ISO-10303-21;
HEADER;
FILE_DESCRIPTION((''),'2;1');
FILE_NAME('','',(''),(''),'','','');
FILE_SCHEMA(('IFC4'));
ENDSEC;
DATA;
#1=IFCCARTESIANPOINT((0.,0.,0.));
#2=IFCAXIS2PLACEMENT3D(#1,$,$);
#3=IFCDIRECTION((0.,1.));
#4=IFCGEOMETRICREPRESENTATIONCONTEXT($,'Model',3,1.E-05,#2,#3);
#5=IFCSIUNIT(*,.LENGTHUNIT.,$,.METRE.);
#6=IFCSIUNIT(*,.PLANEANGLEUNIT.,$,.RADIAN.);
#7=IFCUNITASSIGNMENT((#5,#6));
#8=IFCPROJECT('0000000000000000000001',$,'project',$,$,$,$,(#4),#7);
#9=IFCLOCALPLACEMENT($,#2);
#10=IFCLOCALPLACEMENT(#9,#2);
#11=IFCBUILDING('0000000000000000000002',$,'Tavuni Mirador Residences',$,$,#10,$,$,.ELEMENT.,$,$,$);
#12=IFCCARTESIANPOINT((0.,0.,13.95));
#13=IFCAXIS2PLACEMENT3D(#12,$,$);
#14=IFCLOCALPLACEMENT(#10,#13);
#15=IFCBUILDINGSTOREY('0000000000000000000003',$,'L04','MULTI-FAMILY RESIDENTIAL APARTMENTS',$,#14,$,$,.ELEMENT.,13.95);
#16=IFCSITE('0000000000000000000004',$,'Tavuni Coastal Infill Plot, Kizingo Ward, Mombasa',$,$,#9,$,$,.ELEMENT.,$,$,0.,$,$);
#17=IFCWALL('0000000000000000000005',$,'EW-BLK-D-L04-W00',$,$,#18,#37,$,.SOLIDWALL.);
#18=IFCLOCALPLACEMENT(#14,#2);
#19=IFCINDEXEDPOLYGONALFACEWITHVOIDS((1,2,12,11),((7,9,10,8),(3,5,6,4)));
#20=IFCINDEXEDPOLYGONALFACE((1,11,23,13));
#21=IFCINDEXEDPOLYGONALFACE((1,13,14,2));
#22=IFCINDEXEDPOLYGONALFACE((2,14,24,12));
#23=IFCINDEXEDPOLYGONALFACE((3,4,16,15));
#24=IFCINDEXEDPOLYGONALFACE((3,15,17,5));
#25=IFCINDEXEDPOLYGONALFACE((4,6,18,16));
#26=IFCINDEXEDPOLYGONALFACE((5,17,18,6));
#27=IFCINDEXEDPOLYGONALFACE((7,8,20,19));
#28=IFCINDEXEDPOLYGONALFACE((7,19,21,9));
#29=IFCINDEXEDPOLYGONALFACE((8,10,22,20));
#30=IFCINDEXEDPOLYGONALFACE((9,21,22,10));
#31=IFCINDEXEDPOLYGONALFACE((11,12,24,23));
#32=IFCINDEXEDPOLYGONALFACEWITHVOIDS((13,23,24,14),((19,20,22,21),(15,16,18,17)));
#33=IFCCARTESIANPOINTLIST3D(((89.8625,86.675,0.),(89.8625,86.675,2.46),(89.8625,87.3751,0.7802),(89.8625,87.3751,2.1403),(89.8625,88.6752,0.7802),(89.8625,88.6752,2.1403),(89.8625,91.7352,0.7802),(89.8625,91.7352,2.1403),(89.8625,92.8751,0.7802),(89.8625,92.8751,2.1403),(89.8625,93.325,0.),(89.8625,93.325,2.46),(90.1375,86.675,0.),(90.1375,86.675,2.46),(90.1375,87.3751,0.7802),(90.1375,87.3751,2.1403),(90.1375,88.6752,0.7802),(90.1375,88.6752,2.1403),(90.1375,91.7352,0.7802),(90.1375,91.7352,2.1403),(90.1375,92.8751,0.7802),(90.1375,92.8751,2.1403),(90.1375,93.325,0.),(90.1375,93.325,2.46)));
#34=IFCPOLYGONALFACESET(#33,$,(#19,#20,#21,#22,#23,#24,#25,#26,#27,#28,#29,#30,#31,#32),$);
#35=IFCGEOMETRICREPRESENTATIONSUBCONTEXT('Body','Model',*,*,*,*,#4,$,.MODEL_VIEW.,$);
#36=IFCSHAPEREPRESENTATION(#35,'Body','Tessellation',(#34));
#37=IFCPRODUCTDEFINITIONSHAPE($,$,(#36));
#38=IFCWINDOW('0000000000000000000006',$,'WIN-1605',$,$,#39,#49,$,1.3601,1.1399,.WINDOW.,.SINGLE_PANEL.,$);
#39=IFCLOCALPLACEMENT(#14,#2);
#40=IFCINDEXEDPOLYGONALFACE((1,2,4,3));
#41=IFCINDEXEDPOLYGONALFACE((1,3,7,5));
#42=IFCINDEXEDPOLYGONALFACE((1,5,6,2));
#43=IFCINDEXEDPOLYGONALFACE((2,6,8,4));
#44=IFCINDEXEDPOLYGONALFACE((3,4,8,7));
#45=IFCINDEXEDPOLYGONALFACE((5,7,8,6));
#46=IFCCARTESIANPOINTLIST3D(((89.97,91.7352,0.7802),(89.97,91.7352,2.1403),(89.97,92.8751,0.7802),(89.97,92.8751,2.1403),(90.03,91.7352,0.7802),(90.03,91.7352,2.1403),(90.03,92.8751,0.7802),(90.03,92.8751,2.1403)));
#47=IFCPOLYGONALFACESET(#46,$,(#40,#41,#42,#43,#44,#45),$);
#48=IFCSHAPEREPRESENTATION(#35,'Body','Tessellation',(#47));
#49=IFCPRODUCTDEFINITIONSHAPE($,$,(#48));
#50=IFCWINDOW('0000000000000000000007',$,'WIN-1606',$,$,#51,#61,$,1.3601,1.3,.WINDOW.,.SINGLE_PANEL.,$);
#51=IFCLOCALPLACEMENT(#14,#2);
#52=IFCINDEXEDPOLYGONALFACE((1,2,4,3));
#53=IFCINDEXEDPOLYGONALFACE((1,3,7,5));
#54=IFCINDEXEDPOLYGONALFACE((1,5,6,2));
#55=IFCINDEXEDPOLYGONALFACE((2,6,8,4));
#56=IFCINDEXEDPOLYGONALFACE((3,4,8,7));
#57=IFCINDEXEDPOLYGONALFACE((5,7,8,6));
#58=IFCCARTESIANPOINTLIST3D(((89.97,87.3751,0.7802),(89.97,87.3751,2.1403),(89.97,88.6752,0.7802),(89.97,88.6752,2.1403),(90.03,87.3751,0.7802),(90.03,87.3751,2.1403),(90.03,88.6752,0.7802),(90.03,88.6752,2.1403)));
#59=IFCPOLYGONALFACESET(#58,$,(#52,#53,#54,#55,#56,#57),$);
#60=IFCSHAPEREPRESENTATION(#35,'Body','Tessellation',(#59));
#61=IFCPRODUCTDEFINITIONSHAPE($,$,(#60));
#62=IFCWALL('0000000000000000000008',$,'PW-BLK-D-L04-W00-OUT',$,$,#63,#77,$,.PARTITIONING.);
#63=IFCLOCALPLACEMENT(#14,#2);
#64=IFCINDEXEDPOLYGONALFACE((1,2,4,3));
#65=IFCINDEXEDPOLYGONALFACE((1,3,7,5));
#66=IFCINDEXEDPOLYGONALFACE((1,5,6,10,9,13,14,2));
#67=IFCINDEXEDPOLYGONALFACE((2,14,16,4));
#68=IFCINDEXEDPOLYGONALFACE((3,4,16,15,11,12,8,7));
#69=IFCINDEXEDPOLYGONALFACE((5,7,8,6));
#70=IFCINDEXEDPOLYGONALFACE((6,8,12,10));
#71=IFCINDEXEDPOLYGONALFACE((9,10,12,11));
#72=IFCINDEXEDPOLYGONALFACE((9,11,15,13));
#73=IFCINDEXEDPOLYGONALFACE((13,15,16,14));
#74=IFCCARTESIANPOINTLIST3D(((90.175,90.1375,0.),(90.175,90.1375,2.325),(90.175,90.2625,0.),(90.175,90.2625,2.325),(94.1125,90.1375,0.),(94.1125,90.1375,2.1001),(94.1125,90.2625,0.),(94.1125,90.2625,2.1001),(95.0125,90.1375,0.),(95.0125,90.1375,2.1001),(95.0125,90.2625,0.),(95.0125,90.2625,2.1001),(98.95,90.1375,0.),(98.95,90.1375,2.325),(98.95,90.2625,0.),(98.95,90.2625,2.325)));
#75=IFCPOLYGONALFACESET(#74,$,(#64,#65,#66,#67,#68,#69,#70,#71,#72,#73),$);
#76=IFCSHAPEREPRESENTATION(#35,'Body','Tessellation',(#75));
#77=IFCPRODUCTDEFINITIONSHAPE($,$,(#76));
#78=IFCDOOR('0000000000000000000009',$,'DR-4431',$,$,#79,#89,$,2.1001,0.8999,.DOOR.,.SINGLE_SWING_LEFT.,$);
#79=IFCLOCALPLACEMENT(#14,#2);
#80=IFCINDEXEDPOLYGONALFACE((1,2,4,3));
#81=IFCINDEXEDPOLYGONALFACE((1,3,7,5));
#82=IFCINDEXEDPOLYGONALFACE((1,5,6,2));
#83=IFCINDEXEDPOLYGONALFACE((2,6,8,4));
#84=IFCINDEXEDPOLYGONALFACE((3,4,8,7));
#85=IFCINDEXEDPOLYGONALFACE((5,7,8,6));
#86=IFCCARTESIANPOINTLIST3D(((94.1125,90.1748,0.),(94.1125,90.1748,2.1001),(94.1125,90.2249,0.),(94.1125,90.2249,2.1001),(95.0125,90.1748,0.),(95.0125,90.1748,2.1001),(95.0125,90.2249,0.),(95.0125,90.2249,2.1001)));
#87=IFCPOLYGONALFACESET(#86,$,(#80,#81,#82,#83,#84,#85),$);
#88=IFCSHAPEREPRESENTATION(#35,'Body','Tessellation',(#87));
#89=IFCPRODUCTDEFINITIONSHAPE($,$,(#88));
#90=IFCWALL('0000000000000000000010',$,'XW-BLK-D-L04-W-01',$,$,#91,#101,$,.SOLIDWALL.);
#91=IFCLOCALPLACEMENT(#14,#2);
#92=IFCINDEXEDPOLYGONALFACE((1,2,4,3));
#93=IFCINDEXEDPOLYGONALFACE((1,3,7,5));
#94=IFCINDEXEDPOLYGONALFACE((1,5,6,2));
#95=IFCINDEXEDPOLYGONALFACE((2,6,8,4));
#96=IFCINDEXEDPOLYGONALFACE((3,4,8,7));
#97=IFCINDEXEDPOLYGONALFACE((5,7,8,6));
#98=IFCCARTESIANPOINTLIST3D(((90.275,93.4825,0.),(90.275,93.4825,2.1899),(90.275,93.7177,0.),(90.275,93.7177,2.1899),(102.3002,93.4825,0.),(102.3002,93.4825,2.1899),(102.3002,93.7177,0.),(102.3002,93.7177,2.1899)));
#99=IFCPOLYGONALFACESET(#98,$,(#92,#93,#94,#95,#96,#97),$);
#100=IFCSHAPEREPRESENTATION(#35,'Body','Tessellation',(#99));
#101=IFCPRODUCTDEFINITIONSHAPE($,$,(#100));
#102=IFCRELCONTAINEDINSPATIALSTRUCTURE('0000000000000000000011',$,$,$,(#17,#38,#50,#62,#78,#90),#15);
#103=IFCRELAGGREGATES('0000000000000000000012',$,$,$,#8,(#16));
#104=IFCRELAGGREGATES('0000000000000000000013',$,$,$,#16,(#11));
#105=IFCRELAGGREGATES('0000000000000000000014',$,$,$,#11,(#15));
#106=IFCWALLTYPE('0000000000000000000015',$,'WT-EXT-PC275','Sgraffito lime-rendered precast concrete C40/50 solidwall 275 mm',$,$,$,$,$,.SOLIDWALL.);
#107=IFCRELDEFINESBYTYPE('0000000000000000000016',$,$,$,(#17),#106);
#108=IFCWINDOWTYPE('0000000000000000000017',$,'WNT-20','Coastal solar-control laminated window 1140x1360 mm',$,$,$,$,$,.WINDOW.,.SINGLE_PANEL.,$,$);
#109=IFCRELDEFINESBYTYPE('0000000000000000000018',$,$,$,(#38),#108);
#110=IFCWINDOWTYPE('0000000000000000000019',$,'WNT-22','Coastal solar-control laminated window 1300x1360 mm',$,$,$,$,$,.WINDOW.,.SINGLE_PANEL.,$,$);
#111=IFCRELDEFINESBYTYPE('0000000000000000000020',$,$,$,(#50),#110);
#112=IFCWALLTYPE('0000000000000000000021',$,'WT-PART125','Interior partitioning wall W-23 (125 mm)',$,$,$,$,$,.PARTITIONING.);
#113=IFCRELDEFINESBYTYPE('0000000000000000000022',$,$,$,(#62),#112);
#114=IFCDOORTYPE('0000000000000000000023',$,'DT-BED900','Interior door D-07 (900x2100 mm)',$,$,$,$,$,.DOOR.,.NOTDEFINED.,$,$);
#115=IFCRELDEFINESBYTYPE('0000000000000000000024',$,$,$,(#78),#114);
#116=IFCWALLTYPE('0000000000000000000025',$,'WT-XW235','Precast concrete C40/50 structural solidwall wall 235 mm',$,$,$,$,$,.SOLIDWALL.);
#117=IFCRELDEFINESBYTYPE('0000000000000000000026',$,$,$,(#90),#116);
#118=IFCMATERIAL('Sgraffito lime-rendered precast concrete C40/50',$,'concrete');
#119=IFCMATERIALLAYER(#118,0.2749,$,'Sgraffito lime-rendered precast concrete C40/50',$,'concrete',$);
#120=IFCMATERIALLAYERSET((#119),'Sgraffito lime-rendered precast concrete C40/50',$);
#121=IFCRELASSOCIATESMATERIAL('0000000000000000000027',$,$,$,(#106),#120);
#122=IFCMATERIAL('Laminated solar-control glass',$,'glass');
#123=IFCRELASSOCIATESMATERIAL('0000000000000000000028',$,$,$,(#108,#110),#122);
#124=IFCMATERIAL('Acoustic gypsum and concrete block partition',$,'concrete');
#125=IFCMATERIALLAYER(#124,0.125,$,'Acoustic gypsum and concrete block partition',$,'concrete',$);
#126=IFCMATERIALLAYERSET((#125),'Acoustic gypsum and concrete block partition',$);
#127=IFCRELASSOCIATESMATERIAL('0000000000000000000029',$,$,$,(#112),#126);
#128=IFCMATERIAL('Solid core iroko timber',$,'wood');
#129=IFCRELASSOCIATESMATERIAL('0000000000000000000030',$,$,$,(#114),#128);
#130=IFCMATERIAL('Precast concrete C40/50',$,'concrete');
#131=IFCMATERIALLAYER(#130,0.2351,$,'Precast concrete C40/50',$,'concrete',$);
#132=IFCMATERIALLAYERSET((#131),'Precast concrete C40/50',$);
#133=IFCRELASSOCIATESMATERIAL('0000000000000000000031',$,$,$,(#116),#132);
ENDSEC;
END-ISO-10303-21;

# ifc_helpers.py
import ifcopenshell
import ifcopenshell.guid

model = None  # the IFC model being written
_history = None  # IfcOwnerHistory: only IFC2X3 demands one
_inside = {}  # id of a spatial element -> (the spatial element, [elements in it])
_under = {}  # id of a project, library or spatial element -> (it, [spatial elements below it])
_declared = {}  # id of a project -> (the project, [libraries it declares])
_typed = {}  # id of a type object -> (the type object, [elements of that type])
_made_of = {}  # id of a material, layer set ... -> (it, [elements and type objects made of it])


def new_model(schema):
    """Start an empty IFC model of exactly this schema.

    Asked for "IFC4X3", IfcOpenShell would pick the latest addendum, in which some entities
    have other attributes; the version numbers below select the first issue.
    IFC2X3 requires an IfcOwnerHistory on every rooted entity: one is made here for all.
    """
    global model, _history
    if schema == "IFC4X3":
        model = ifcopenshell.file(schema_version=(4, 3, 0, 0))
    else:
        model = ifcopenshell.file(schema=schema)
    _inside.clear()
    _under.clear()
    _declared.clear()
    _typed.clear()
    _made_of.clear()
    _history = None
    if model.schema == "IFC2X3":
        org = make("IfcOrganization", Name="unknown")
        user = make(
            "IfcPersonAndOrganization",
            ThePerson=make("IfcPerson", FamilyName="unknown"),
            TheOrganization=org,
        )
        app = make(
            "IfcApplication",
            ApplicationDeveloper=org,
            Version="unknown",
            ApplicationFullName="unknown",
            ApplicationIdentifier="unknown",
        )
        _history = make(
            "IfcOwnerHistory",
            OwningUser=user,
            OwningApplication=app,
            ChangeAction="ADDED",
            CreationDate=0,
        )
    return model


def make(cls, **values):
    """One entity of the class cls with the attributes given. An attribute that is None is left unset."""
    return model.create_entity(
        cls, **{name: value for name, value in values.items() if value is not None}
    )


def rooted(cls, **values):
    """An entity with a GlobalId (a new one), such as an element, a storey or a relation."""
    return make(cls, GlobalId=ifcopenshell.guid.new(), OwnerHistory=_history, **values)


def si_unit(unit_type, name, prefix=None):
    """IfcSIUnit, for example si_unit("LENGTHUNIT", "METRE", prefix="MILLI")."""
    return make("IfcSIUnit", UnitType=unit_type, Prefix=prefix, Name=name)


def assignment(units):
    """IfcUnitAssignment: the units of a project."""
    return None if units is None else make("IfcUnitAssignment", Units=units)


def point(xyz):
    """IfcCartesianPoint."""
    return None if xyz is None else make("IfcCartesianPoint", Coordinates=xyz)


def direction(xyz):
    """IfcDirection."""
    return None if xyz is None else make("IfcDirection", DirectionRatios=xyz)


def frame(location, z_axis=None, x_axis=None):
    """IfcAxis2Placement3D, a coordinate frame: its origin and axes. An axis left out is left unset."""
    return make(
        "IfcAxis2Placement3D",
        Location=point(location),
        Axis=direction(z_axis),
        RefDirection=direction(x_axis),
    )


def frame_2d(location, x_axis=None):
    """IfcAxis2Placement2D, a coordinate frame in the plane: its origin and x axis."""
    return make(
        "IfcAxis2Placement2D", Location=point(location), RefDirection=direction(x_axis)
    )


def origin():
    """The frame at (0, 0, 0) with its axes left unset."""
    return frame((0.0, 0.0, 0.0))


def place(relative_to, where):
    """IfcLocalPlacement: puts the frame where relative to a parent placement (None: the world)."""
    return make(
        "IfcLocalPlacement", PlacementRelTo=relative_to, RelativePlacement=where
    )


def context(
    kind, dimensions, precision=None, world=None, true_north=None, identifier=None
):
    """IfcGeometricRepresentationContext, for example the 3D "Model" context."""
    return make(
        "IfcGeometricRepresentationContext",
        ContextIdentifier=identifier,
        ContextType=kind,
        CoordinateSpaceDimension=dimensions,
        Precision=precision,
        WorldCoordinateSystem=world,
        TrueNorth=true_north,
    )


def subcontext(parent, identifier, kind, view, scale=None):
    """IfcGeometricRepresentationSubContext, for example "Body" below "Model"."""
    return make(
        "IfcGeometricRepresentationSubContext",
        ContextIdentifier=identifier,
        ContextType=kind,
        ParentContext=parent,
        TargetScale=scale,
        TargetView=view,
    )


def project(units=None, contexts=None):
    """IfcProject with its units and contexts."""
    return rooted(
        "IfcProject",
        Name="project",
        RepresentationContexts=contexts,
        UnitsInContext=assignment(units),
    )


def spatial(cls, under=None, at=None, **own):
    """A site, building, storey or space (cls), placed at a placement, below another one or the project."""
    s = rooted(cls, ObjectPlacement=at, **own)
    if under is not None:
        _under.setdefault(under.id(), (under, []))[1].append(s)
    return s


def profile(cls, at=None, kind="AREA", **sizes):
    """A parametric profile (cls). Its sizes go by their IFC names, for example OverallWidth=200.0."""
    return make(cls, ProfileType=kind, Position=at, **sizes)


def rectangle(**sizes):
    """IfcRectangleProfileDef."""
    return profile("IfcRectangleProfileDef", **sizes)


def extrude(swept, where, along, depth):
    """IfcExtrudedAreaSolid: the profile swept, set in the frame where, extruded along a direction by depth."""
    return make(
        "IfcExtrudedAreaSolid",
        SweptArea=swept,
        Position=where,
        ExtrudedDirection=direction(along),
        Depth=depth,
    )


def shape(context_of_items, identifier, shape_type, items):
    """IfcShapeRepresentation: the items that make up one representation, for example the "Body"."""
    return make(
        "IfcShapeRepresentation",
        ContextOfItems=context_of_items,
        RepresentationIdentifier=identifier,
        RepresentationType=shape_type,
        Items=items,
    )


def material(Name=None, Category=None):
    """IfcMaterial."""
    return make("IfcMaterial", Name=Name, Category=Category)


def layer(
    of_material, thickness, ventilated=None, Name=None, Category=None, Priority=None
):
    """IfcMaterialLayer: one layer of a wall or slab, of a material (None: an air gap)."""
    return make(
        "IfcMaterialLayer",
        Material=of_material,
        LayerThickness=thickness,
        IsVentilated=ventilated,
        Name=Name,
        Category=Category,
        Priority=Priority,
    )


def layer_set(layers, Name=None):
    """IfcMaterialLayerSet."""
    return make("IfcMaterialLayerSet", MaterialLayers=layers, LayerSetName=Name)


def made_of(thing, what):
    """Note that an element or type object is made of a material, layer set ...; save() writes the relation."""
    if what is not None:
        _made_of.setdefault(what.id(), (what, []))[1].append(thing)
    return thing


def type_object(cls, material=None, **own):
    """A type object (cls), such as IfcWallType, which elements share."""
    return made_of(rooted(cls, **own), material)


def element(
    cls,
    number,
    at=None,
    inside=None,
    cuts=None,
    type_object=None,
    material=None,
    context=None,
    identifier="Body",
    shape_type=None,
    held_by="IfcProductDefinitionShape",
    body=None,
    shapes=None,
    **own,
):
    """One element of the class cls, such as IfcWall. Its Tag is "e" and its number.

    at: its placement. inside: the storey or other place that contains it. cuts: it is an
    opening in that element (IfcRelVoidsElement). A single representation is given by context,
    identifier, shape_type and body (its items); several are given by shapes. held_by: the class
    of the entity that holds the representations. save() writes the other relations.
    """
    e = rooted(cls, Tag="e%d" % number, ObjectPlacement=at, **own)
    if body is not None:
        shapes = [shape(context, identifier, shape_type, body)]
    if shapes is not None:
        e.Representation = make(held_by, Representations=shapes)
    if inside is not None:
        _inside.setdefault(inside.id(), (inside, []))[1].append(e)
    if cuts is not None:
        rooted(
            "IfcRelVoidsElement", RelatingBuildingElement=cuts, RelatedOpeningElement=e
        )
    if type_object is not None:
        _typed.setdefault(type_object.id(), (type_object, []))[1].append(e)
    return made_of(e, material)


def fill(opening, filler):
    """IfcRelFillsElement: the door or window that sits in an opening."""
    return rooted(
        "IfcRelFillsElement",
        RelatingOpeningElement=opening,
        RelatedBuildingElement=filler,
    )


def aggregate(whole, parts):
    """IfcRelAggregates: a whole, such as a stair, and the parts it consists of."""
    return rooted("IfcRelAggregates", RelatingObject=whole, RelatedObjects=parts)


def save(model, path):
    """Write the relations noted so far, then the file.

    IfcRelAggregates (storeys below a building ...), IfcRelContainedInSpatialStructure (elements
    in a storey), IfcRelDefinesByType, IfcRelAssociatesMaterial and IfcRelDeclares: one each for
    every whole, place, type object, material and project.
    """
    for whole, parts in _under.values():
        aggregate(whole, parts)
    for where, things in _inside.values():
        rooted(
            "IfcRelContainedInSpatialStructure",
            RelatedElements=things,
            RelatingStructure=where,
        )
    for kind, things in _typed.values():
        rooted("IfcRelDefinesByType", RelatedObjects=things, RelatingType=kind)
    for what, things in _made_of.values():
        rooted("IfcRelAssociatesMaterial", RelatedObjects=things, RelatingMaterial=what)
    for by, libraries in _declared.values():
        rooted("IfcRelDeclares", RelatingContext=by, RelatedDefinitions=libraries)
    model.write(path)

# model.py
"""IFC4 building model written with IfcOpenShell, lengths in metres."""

from ifc_helpers import new_model, si_unit, direction, frame, frame_2d, origin, place, context, subcontext, project, spatial, rectangle, extrude, material, layer, layer_set, type_object, element, fill, save


model = new_model("IFC4")

# Units and contexts
model_context = context("Model", 3, precision=1e-05, world=origin(), true_north=direction((0.0, 1.0)))
body_context = subcontext(model_context, "Body", "Model", "MODEL_VIEW")
ifc_project = project(units=[si_unit("LENGTHUNIT", "METRE"), si_unit("PLANEANGLEUNIT", "RADIAN")], contexts=[model_context])

# Site, building, storey
site_placement = place(None, origin())
site = spatial("IfcSite", under=ifc_project, at=site_placement, Name="Tavuni Coastal Infill Plot, Kizingo Ward, Mombasa", CompositionType="ELEMENT", RefElevation=0.0)
building_placement = place(site_placement, origin())
building = spatial("IfcBuilding", under=site, at=building_placement, Name="Tavuni Mirador Residences", CompositionType="ELEMENT")
storey_placement = place(building_placement, frame((0.0, 0.0, 13.95)))
storey = spatial("IfcBuildingStorey", under=building, at=storey_placement, Name="L04", Description="MULTI-FAMILY RESIDENTIAL APARTMENTS", CompositionType="ELEMENT", Elevation=13.95)

# Shared definitions
ifc_material_1 = material(Name="Precast concrete C40/50", Category="concrete")

# Wall, openings, windows
ifc_material_2 = material(Name="Sgraffito lime-rendered precast concrete C40/50", Category="concrete")
ifc_layer_1 = layer(ifc_material_2, 0.2749, Name="Sgraffito lime-rendered precast concrete C40/50", Category="concrete")
ifc_layer_set_1 = layer_set([ifc_layer_1], Name="Sgraffito lime-rendered precast concrete C40/50")
wall_type_1 = type_object("IfcWallType", Name="WT-EXT-PC275", Description="Sgraffito lime-rendered precast concrete C40/50 solidwall 275 mm", PredefinedType="SOLIDWALL", material=ifc_layer_set_1)
wall_1_placement = place(storey_placement, frame((90.0, 93.325, 0.0), z_axis=(0.0, 0.0, 1.0), x_axis=(0.0, -1.0, 0.0)))
wall_1 = element("IfcWall", 1, at=wall_1_placement, inside=storey, type_object=wall_type_1, Name="EW-BLK-D-L04-W00", PredefinedType="SOLIDWALL", context=body_context, shape_type="SweptSolid", body=[
    extrude(rectangle(XDim=6.6499, YDim=0.2749, at=frame_2d((3.325, 0.0))), origin(), (0.0, 0.0, 1.0), 2.46),
])
opening_1_placement = place(wall_1_placement, frame((0.45, 0.0, 0.78)))
opening_1 = element("IfcOpeningElement", 2, at=opening_1_placement, cuts=wall_1, PredefinedType="OPENING", context=body_context, shape_type="SweptSolid", body=[
    extrude(rectangle(XDim=1.1399, YDim=1.3601, at=frame_2d((0.5698, 0.6802))), frame((0.0, 0.1475, 0.0), z_axis=(0.0, -1.0, 0.0), x_axis=(1.0, 0.0, 0.0)), (0.0, 0.0, 1.0), 0.2949),
])
opening_2_placement = place(wall_1_placement, frame((4.6499, 0.0, 0.78)))
opening_2 = element("IfcOpeningElement", 3, at=opening_2_placement, cuts=wall_1, PredefinedType="OPENING", context=body_context, shape_type="SweptSolid", body=[
    extrude(rectangle(XDim=1.3, YDim=1.3601, at=frame_2d((0.6499, 0.6802))), frame((0.0, 0.1475, 0.0), z_axis=(0.0, -1.0, 0.0), x_axis=(1.0, 0.0, 0.0)), (0.0, 0.0, 1.0), 0.2949),
])
ifc_material_3 = material(Name="Laminated solar-control glass", Category="glass")
window_type_1 = type_object("IfcWindowType", Name="WNT-20", Description="Coastal solar-control laminated window 1140x1360 mm", PartitioningType="SINGLE_PANEL", PredefinedType="WINDOW", material=ifc_material_3)
window_1_placement = place(opening_1_placement, origin())
window_1 = element("IfcWindow", 4, at=window_1_placement, inside=storey, type_object=window_type_1, Name="WIN-1605", OverallHeight=1.3601, OverallWidth=1.1399, PartitioningType="SINGLE_PANEL", PredefinedType="WINDOW", context=body_context, shape_type="SweptSolid", body=[
    extrude(rectangle(XDim=1.1399, YDim=1.3601, at=frame_2d((0.5698, 0.6802))), frame((0.0, 0.03, 0.0), z_axis=(0.0, -1.0, 0.0), x_axis=(1.0, 0.0, 0.0)), (0.0, 0.0, 1.0), 0.0601),
])
fill(opening_1, window_1)
window_type_2 = type_object("IfcWindowType", Name="WNT-22", Description="Coastal solar-control laminated window 1300x1360 mm", PartitioningType="SINGLE_PANEL", PredefinedType="WINDOW", material=ifc_material_3)
window_2_placement = place(opening_2_placement, origin())
window_2 = element("IfcWindow", 5, at=window_2_placement, inside=storey, type_object=window_type_2, Name="WIN-1606", OverallHeight=1.3601, OverallWidth=1.3, PartitioningType="SINGLE_PANEL", PredefinedType="WINDOW", context=body_context, shape_type="SweptSolid", body=[
    extrude(rectangle(XDim=1.3, YDim=1.3601, at=frame_2d((0.6499, 0.6802))), frame((0.0, 0.03, 0.0), z_axis=(0.0, -1.0, 0.0), x_axis=(1.0, 0.0, 0.0)), (0.0, 0.0, 1.0), 0.0601),
])
fill(opening_2, window_2)

# Wall, opening, door
ifc_material_4 = material(Name="Acoustic gypsum and concrete block partition", Category="concrete")
ifc_layer_2 = layer(ifc_material_4, 0.125, Name="Acoustic gypsum and concrete block partition", Category="concrete")
ifc_layer_set_2 = layer_set([ifc_layer_2], Name="Acoustic gypsum and concrete block partition")
wall_type_2 = type_object("IfcWallType", Name="WT-PART125", Description="Interior partitioning wall W-23 (125 mm)", PredefinedType="PARTITIONING", material=ifc_layer_set_2)
wall_2_placement = place(storey_placement, frame((90.175, 90.2, 0.0), z_axis=(0.0, 0.0, 1.0), x_axis=(1.0, 0.0, 0.0)))
wall_2 = element("IfcWall", 6, at=wall_2_placement, inside=storey, type_object=wall_type_2, Name="PW-BLK-D-L04-W00-OUT", PredefinedType="PARTITIONING", context=body_context, shape_type="SweptSolid", body=[
    extrude(rectangle(XDim=8.7749, YDim=0.125, at=frame_2d((4.3875, 0.0))), origin(), (0.0, 0.0, 1.0), 2.325),
])
opening_3_placement = place(wall_2_placement, frame((3.9375, 0.0, 0.0)))
opening_3 = element("IfcOpeningElement", 7, at=opening_3_placement, cuts=wall_2, PredefinedType="OPENING", context=body_context, shape_type="SweptSolid", body=[
    extrude(rectangle(XDim=0.8999, YDim=2.1001, at=frame_2d((0.45, 1.05))), frame((0.0, 0.0725, 0.0), z_axis=(0.0, -1.0, 0.0), x_axis=(1.0, 0.0, 0.0)), (0.0, 0.0, 1.0), 0.145),
])
ifc_material_5 = material(Name="Solid core iroko timber", Category="wood")
door_type = type_object("IfcDoorType", Name="DT-BED900", Description="Interior door D-07 (900x2100 mm)", OperationType="NOTDEFINED", PredefinedType="DOOR", material=ifc_material_5)
door_placement = place(opening_3_placement, origin())
door = element("IfcDoor", 8, at=door_placement, inside=storey, type_object=door_type, Name="DR-4431", OperationType="SINGLE_SWING_LEFT", OverallHeight=2.1001, OverallWidth=0.8999, PredefinedType="DOOR", context=body_context, shape_type="SweptSolid", body=[
    extrude(rectangle(XDim=0.8999, YDim=2.1001, at=frame_2d((0.45, 1.05))), frame((0.0, 0.0249, 0.0), z_axis=(0.0, -1.0, 0.0), x_axis=(1.0, 0.0, 0.0)), (0.0, 0.0, 1.0), 0.05),
])
fill(opening_3, door)

# Wall
ifc_layer_3 = layer(ifc_material_1, 0.2351, Name="Precast concrete C40/50", Category="concrete")
ifc_layer_set_3 = layer_set([ifc_layer_3], Name="Precast concrete C40/50")
wall_type_3 = type_object("IfcWallType", Name="WT-XW235", Description="Precast concrete C40/50 structural solidwall wall 235 mm", PredefinedType="SOLIDWALL", material=ifc_layer_set_3)
wall_3_placement = place(storey_placement, frame((90.2749, 93.6001, 0.0), z_axis=(0.0, 0.0, 1.0), x_axis=(1.0, 0.0, 0.0)))
element("IfcWall", 9, at=wall_3_placement, inside=storey, type_object=wall_type_3, Name="XW-BLK-D-L04-W-01", PredefinedType="SOLIDWALL", context=body_context, shape_type="SweptSolid", body=[
    extrude(rectangle(XDim=12.0251, YDim=0.2351, at=frame_2d((6.0127, 0.0))), origin(), (0.0, 0.0, 1.0), 2.1899),
])

save(model, "model.ifc")
